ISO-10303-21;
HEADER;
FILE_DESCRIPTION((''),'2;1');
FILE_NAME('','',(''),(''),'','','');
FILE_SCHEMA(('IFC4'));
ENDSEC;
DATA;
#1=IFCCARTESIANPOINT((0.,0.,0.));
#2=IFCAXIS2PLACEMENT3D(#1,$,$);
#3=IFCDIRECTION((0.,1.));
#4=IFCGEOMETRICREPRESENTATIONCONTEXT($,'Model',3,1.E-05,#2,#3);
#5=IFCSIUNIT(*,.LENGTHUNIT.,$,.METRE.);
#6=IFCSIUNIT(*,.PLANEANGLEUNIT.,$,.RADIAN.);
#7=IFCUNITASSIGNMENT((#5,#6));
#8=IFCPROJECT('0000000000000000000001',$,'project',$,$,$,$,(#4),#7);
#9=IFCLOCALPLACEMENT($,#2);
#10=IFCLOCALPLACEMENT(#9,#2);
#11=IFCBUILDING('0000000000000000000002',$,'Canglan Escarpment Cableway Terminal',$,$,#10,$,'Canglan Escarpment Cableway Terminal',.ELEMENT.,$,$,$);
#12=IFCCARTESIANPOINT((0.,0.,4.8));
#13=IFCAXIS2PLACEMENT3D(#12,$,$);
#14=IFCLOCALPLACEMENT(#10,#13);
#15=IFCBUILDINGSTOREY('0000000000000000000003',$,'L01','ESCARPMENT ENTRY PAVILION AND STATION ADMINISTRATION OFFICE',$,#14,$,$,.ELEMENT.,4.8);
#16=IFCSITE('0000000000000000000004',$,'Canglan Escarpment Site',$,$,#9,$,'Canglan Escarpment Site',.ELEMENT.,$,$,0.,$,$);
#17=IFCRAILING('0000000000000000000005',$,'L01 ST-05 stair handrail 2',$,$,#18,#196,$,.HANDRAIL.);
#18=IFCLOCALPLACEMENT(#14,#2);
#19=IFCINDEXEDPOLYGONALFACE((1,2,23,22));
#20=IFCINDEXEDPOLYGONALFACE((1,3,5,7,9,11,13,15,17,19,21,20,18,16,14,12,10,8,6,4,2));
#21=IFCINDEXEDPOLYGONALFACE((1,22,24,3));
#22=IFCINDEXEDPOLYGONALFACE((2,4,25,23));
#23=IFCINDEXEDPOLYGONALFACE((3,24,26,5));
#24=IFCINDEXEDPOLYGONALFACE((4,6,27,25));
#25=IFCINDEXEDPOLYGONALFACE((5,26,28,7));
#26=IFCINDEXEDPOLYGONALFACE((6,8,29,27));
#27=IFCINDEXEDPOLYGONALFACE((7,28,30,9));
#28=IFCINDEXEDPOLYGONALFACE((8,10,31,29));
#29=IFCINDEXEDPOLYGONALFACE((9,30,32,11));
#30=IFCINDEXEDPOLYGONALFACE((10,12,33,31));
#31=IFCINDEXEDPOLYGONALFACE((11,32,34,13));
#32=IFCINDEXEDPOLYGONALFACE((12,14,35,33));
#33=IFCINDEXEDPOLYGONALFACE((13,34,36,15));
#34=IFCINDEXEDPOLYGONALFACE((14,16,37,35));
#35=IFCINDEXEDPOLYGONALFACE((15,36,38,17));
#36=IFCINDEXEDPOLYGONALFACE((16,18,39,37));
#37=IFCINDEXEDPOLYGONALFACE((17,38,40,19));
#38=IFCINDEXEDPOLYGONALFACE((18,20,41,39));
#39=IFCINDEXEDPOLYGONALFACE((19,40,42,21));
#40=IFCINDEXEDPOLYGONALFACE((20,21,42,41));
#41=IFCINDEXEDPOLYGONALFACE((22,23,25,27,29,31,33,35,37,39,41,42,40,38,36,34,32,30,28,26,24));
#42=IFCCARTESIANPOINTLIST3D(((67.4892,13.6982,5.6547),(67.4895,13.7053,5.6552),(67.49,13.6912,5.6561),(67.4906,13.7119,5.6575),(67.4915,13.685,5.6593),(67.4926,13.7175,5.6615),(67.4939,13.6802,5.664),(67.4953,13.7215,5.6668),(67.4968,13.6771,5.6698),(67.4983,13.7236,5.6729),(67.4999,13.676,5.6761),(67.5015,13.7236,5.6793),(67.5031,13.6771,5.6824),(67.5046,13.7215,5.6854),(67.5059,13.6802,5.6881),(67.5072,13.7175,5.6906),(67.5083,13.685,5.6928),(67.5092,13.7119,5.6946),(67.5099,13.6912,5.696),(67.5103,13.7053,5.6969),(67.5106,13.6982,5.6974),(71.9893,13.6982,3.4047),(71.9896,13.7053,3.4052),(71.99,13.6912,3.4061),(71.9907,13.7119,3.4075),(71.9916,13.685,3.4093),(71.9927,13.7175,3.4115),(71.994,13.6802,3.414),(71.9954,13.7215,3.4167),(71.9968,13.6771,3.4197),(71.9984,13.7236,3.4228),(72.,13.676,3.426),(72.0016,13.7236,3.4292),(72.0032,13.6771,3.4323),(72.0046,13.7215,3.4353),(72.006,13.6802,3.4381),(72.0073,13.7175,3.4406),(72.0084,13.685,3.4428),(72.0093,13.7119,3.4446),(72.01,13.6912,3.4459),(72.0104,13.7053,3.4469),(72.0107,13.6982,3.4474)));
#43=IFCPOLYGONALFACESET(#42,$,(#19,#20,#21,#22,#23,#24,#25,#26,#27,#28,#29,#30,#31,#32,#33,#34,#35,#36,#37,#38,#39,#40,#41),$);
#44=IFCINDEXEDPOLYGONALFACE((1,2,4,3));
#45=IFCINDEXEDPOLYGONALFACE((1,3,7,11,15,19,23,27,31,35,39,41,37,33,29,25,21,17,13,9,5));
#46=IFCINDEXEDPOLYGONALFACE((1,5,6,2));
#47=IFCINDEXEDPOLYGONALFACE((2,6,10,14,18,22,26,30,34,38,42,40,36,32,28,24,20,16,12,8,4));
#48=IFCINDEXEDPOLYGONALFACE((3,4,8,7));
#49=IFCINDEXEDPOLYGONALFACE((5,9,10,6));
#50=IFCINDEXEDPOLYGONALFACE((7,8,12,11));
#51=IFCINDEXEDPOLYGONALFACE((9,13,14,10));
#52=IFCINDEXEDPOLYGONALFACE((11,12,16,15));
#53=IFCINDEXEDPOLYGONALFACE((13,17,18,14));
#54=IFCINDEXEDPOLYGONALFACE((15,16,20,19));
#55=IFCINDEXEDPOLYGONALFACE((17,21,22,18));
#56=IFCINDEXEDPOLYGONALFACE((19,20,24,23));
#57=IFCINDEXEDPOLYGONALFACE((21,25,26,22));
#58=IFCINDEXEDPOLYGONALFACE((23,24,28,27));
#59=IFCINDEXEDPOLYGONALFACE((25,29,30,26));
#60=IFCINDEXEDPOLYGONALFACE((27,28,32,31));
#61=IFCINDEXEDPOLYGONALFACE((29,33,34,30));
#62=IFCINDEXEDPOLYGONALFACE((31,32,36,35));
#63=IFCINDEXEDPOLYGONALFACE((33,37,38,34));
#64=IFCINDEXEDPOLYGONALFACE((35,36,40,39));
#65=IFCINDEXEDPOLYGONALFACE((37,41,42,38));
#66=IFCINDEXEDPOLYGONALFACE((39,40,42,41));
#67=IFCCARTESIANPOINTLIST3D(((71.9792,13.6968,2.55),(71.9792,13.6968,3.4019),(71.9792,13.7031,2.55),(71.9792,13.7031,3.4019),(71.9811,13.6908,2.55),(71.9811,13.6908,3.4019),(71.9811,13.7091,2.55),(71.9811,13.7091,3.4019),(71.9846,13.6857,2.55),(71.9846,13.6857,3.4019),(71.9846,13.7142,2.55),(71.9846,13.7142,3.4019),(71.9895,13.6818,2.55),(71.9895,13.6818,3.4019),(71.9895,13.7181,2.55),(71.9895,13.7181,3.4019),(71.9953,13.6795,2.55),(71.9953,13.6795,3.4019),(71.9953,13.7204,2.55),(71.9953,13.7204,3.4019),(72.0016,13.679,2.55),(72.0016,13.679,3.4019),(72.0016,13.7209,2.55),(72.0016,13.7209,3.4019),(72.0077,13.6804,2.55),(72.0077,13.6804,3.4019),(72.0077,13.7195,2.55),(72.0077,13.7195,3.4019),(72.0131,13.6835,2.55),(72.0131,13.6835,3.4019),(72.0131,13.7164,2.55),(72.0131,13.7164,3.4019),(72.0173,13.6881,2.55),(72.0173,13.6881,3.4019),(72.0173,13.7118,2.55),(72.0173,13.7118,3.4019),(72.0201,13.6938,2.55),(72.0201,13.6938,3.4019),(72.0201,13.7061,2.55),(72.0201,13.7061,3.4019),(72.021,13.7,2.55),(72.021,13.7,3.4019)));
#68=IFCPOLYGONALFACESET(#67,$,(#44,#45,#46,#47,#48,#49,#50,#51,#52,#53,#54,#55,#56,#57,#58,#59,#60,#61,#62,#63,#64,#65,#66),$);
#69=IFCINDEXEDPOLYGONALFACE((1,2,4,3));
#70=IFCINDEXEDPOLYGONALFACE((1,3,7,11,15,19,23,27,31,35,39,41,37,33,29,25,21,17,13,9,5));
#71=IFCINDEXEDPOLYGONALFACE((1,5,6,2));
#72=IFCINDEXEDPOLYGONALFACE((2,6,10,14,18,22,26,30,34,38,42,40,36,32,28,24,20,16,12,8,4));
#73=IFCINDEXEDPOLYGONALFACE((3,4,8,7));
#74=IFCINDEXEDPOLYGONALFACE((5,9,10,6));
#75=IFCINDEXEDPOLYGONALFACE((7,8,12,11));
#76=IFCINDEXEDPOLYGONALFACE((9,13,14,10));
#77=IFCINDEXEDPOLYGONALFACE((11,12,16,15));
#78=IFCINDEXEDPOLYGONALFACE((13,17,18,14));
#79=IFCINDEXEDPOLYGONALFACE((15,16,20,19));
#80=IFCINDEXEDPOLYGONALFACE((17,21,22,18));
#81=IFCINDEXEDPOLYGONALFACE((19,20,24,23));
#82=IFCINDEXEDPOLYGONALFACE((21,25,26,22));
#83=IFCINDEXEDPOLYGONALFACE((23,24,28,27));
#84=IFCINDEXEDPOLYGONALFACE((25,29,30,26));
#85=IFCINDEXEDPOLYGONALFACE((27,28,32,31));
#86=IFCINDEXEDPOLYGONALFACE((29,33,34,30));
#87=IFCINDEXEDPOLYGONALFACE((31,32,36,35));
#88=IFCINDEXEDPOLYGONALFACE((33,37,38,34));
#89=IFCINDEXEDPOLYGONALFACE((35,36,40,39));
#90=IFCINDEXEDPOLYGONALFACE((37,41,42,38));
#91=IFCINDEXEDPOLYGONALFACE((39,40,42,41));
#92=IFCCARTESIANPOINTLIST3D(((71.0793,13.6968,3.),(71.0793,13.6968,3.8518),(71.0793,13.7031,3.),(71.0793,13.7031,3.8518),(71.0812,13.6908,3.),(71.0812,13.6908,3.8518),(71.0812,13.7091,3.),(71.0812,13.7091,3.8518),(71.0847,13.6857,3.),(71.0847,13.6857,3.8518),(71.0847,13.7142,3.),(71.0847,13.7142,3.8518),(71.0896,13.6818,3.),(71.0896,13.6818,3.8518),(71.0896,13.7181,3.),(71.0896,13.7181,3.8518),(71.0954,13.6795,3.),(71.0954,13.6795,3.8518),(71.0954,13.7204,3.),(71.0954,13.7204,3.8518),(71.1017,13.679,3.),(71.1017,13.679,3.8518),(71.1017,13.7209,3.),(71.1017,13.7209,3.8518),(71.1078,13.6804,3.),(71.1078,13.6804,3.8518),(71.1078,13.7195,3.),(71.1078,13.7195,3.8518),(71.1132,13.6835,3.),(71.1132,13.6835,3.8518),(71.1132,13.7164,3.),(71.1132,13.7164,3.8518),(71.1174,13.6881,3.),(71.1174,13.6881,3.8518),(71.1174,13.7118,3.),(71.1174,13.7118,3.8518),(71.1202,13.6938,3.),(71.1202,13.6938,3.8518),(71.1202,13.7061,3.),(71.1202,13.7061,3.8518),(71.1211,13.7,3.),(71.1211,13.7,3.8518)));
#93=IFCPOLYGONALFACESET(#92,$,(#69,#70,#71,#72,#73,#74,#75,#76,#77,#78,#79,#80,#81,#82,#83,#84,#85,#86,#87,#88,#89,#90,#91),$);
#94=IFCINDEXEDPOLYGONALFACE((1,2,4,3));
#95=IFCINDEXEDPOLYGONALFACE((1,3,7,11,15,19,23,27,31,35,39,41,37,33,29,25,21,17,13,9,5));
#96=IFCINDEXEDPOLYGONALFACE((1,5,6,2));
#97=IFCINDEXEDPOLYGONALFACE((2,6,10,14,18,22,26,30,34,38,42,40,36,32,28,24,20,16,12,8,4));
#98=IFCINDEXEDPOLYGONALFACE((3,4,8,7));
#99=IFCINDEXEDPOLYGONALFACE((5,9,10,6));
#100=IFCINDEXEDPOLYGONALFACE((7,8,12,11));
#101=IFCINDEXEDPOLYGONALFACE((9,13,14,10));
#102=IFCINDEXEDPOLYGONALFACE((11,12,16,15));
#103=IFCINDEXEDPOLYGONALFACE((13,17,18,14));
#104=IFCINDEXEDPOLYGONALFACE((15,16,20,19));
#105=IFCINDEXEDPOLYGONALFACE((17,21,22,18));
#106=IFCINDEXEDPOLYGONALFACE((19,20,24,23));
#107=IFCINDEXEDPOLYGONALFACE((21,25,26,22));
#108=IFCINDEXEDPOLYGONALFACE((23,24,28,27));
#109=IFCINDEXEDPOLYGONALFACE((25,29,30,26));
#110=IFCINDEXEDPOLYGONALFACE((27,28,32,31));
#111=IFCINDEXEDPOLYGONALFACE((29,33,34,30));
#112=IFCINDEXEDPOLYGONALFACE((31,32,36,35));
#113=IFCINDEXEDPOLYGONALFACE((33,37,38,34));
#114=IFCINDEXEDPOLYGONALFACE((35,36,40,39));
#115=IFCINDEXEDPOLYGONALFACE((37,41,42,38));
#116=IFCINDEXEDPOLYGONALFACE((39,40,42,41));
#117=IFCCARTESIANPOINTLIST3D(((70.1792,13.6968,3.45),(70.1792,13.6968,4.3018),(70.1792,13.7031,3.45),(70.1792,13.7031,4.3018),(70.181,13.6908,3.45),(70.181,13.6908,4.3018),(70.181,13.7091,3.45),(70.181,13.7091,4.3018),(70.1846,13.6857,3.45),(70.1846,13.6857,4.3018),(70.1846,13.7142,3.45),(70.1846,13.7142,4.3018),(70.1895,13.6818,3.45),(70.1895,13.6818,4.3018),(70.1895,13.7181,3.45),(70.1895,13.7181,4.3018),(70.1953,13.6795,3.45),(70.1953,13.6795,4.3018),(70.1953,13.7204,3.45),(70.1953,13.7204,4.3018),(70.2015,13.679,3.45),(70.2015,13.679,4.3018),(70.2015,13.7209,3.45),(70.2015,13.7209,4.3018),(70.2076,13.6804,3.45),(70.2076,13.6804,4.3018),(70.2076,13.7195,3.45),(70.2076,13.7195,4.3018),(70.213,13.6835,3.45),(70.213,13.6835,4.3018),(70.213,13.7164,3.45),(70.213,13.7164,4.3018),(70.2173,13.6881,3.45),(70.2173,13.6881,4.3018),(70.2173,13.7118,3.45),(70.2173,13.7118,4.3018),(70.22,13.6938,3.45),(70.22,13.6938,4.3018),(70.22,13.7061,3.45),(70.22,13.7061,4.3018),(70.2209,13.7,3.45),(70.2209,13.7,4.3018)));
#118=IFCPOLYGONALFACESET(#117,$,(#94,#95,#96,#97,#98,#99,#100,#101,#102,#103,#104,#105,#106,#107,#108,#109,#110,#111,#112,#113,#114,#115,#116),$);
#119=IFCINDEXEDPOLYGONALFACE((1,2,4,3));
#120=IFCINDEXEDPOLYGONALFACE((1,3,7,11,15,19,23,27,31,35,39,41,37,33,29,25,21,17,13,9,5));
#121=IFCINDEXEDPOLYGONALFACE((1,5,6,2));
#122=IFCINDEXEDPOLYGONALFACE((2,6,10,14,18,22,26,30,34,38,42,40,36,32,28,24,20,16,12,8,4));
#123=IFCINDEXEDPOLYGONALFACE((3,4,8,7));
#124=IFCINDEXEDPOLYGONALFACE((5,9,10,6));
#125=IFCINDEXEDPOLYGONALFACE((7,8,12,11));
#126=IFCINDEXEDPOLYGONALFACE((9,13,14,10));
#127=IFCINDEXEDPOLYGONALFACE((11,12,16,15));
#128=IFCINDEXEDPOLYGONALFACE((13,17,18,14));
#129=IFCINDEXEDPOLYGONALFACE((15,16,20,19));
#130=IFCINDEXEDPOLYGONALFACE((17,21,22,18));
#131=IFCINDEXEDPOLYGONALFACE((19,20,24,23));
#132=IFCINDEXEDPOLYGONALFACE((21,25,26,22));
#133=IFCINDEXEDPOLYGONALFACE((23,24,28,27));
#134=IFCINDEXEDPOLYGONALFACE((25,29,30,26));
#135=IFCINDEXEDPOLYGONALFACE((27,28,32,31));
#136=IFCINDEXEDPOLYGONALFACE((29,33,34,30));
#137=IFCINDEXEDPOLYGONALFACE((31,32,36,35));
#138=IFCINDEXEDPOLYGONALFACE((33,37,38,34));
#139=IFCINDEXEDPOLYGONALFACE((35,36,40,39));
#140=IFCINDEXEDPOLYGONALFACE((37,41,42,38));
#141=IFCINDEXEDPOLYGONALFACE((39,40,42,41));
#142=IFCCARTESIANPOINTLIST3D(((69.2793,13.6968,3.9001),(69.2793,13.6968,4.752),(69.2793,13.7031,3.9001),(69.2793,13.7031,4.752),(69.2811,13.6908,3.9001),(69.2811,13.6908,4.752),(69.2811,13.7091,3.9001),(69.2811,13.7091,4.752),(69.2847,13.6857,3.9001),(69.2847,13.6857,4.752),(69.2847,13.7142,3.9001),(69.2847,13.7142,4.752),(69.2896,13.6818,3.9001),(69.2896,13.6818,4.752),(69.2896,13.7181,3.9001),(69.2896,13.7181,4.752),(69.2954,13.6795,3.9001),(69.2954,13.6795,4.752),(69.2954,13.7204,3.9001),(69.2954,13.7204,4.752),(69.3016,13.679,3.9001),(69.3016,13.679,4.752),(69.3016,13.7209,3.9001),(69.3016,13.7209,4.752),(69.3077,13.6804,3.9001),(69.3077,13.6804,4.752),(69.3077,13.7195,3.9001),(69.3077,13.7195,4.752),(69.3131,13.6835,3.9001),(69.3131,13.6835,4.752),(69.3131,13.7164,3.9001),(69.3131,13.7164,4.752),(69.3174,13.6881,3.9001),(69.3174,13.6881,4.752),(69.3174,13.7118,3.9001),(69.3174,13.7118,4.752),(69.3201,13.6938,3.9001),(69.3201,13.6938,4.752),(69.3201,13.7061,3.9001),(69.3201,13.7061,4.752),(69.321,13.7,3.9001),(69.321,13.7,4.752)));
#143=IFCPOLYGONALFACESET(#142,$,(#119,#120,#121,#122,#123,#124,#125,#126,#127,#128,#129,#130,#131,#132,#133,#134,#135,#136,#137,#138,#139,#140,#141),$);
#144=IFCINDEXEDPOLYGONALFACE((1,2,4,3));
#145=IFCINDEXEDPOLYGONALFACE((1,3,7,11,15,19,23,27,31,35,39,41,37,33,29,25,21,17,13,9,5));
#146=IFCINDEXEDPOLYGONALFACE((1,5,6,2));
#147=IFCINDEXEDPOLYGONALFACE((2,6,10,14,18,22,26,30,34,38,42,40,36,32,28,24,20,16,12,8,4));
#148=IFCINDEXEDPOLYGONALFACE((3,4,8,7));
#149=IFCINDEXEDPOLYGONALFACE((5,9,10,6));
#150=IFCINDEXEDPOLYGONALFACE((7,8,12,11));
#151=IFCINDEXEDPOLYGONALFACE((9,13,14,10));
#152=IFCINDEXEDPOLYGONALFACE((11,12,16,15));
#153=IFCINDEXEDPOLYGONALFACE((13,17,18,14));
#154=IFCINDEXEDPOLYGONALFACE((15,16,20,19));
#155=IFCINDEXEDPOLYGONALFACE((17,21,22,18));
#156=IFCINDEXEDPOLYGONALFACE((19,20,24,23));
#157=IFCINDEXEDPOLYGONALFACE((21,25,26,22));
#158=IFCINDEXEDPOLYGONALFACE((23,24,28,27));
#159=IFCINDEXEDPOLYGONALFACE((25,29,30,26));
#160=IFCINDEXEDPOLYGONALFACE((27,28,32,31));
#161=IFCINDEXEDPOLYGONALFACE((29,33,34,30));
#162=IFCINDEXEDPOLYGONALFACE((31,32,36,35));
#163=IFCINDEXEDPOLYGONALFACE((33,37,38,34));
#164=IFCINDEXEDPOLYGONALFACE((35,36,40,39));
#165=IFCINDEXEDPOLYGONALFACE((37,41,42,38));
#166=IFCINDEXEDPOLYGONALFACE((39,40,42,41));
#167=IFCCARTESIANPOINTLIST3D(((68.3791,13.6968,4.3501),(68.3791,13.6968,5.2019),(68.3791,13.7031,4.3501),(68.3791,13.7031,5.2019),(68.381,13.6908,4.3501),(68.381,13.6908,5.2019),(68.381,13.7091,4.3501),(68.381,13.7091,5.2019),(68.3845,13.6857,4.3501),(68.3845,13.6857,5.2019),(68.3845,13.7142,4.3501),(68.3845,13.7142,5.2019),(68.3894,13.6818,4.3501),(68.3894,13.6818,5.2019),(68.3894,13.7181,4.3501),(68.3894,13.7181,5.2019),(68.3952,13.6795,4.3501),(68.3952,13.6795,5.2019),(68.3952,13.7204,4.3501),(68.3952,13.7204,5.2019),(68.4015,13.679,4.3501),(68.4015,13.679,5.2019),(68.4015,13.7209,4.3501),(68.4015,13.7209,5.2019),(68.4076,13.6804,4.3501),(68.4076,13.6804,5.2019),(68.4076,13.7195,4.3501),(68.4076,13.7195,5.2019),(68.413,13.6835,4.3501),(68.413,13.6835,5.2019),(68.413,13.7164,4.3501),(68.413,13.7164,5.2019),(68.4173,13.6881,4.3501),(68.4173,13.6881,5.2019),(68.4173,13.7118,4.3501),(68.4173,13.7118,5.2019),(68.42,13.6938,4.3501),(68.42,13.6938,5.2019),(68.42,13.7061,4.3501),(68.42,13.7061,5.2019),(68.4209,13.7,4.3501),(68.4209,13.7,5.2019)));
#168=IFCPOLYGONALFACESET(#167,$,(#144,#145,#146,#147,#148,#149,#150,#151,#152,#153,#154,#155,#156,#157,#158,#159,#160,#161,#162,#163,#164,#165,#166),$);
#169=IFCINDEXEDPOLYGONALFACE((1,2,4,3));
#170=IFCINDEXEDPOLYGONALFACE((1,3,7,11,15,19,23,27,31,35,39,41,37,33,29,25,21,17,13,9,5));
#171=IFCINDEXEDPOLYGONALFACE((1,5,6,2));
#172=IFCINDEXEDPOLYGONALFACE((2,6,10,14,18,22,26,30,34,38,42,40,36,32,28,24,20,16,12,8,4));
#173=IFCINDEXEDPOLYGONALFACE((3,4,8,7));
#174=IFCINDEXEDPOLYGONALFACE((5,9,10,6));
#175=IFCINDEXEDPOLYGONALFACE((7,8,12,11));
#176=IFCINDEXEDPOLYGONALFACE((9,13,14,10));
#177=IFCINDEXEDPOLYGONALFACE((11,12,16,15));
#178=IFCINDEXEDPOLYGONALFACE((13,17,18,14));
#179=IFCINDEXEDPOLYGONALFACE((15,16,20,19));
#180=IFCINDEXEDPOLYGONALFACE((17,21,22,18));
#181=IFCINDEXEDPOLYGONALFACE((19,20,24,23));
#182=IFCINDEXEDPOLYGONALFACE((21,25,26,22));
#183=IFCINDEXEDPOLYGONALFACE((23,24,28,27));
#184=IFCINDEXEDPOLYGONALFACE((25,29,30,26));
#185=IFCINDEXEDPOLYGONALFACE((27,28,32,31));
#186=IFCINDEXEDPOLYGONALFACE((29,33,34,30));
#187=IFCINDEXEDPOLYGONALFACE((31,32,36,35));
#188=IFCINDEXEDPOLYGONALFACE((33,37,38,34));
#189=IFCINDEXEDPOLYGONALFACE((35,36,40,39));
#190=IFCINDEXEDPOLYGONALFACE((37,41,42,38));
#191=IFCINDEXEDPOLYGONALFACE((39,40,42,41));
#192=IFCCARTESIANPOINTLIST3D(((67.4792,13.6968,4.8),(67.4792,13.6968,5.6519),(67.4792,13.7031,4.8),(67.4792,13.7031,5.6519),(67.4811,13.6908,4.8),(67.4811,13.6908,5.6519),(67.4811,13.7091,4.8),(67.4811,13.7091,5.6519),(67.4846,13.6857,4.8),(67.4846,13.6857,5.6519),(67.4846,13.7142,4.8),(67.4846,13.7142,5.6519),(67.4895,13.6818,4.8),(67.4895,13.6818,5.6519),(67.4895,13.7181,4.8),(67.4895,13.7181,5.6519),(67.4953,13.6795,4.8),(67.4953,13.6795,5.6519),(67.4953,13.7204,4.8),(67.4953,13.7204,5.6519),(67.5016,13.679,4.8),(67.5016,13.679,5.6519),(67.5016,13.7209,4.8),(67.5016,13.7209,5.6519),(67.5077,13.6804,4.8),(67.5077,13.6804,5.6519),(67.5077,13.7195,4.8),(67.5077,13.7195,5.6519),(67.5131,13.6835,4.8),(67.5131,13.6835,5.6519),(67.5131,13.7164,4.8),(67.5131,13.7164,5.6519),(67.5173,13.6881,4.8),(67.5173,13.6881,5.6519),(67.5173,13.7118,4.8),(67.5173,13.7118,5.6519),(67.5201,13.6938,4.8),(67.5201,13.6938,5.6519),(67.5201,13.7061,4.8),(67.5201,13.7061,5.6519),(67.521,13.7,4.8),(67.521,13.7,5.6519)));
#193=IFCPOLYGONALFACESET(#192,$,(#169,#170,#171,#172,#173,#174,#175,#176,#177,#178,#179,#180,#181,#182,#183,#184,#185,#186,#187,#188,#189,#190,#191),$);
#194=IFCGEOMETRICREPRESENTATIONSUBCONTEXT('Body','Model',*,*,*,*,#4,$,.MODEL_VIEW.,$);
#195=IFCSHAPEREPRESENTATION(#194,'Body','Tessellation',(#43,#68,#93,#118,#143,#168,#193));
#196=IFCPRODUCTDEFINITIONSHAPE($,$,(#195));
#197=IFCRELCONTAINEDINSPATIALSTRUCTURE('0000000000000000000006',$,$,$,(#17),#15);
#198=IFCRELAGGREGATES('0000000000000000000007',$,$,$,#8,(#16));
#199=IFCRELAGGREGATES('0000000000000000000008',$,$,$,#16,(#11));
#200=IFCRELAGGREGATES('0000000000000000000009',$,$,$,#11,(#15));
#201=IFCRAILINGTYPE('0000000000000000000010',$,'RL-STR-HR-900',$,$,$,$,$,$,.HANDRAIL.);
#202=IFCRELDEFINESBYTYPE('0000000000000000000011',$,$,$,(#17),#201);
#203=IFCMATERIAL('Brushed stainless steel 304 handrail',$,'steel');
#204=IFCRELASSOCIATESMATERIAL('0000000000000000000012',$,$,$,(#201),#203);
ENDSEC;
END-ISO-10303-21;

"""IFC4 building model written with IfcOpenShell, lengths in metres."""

from ifc_helpers import new_model, si_unit, direction, frame, origin, origin_2d, place, context, subcontext, project, spatial, circle, extrude, material, type_object, element, save


model = new_model("IFC4")

# Units and contexts
model_context = context("Model", 3, precision=1e-05, world=origin(), true_north=direction((0.0, 1.0)))
body_context = subcontext(model_context, "Body", "Model", "MODEL_VIEW")
ifc_project = project(units=[si_unit("LENGTHUNIT", "METRE"), si_unit("PLANEANGLEUNIT", "RADIAN")], contexts=[model_context])

# Site, building, storey
site_placement = place(None, origin())
site = spatial("IfcSite", under=ifc_project, at=site_placement, Name="Canglan Escarpment Site", LongName="Canglan Escarpment Site", CompositionType="ELEMENT", RefElevation=0.0)
building_placement = place(site_placement, origin())
building = spatial("IfcBuilding", under=site, at=building_placement, Name="Canglan Escarpment Cableway Terminal", LongName="Canglan Escarpment Cableway Terminal", CompositionType="ELEMENT")
storey_placement = place(building_placement, frame((0.0, 0.0, 4.8)))
storey = spatial("IfcBuildingStorey", under=building, at=storey_placement, Name="L01", Description="ESCARPMENT ENTRY PAVILION AND STATION ADMINISTRATION OFFICE", CompositionType="ELEMENT", Elevation=4.8)

# Railing
ifc_material_1 = material(Name="Brushed stainless steel 304 handrail", Category="steel")
railing_type_1 = type_object("IfcRailingType", Name="RL-STR-HR-900", PredefinedType="HANDRAIL", material=ifc_material_1)
railing_1_placement = place(storey_placement, frame((72.0, 13.7, 2.55)))
element("IfcRailing", 1, at=railing_1_placement, inside=storey, type_object=railing_type_1, Name="L01 ST-05 stair handrail 2", PredefinedType="HANDRAIL", context=body_context, shape_type="SweptSolid", body=[
    extrude(circle(Radius=0.0239, at=origin_2d()), frame((0.0, 0.0, 0.876), z_axis=(-0.894427, 0.0, 0.447214), x_axis=(0.0, -1.0, 0.0)), (0.0, 0.0, 1.0), 5.0312),
    extrude(circle(Radius=0.021, at=origin_2d()), origin(), (0.0, 0.0, 1.0), 0.8518),
    extrude(circle(Radius=0.021, at=origin_2d()), frame((-0.8999, 0.0, 0.45)), (0.0, 0.0, 1.0), 0.8518),
    extrude(circle(Radius=0.021, at=origin_2d()), frame((-1.8, 0.0, 0.8999)), (0.0, 0.0, 1.0), 0.8518),
    extrude(circle(Radius=0.021, at=origin_2d()), frame((-2.7, 0.0, 1.3501)), (0.0, 0.0, 1.0), 0.8518),
    extrude(circle(Radius=0.021, at=origin_2d()), frame((-3.6001, 0.0, 1.8)), (0.0, 0.0, 1.0), 0.8518),
    extrude(circle(Radius=0.021, at=origin_2d()), frame((-4.5, 0.0, 2.25)), (0.0, 0.0, 1.0), 0.8518),
])

save(model, "model.ifc")
